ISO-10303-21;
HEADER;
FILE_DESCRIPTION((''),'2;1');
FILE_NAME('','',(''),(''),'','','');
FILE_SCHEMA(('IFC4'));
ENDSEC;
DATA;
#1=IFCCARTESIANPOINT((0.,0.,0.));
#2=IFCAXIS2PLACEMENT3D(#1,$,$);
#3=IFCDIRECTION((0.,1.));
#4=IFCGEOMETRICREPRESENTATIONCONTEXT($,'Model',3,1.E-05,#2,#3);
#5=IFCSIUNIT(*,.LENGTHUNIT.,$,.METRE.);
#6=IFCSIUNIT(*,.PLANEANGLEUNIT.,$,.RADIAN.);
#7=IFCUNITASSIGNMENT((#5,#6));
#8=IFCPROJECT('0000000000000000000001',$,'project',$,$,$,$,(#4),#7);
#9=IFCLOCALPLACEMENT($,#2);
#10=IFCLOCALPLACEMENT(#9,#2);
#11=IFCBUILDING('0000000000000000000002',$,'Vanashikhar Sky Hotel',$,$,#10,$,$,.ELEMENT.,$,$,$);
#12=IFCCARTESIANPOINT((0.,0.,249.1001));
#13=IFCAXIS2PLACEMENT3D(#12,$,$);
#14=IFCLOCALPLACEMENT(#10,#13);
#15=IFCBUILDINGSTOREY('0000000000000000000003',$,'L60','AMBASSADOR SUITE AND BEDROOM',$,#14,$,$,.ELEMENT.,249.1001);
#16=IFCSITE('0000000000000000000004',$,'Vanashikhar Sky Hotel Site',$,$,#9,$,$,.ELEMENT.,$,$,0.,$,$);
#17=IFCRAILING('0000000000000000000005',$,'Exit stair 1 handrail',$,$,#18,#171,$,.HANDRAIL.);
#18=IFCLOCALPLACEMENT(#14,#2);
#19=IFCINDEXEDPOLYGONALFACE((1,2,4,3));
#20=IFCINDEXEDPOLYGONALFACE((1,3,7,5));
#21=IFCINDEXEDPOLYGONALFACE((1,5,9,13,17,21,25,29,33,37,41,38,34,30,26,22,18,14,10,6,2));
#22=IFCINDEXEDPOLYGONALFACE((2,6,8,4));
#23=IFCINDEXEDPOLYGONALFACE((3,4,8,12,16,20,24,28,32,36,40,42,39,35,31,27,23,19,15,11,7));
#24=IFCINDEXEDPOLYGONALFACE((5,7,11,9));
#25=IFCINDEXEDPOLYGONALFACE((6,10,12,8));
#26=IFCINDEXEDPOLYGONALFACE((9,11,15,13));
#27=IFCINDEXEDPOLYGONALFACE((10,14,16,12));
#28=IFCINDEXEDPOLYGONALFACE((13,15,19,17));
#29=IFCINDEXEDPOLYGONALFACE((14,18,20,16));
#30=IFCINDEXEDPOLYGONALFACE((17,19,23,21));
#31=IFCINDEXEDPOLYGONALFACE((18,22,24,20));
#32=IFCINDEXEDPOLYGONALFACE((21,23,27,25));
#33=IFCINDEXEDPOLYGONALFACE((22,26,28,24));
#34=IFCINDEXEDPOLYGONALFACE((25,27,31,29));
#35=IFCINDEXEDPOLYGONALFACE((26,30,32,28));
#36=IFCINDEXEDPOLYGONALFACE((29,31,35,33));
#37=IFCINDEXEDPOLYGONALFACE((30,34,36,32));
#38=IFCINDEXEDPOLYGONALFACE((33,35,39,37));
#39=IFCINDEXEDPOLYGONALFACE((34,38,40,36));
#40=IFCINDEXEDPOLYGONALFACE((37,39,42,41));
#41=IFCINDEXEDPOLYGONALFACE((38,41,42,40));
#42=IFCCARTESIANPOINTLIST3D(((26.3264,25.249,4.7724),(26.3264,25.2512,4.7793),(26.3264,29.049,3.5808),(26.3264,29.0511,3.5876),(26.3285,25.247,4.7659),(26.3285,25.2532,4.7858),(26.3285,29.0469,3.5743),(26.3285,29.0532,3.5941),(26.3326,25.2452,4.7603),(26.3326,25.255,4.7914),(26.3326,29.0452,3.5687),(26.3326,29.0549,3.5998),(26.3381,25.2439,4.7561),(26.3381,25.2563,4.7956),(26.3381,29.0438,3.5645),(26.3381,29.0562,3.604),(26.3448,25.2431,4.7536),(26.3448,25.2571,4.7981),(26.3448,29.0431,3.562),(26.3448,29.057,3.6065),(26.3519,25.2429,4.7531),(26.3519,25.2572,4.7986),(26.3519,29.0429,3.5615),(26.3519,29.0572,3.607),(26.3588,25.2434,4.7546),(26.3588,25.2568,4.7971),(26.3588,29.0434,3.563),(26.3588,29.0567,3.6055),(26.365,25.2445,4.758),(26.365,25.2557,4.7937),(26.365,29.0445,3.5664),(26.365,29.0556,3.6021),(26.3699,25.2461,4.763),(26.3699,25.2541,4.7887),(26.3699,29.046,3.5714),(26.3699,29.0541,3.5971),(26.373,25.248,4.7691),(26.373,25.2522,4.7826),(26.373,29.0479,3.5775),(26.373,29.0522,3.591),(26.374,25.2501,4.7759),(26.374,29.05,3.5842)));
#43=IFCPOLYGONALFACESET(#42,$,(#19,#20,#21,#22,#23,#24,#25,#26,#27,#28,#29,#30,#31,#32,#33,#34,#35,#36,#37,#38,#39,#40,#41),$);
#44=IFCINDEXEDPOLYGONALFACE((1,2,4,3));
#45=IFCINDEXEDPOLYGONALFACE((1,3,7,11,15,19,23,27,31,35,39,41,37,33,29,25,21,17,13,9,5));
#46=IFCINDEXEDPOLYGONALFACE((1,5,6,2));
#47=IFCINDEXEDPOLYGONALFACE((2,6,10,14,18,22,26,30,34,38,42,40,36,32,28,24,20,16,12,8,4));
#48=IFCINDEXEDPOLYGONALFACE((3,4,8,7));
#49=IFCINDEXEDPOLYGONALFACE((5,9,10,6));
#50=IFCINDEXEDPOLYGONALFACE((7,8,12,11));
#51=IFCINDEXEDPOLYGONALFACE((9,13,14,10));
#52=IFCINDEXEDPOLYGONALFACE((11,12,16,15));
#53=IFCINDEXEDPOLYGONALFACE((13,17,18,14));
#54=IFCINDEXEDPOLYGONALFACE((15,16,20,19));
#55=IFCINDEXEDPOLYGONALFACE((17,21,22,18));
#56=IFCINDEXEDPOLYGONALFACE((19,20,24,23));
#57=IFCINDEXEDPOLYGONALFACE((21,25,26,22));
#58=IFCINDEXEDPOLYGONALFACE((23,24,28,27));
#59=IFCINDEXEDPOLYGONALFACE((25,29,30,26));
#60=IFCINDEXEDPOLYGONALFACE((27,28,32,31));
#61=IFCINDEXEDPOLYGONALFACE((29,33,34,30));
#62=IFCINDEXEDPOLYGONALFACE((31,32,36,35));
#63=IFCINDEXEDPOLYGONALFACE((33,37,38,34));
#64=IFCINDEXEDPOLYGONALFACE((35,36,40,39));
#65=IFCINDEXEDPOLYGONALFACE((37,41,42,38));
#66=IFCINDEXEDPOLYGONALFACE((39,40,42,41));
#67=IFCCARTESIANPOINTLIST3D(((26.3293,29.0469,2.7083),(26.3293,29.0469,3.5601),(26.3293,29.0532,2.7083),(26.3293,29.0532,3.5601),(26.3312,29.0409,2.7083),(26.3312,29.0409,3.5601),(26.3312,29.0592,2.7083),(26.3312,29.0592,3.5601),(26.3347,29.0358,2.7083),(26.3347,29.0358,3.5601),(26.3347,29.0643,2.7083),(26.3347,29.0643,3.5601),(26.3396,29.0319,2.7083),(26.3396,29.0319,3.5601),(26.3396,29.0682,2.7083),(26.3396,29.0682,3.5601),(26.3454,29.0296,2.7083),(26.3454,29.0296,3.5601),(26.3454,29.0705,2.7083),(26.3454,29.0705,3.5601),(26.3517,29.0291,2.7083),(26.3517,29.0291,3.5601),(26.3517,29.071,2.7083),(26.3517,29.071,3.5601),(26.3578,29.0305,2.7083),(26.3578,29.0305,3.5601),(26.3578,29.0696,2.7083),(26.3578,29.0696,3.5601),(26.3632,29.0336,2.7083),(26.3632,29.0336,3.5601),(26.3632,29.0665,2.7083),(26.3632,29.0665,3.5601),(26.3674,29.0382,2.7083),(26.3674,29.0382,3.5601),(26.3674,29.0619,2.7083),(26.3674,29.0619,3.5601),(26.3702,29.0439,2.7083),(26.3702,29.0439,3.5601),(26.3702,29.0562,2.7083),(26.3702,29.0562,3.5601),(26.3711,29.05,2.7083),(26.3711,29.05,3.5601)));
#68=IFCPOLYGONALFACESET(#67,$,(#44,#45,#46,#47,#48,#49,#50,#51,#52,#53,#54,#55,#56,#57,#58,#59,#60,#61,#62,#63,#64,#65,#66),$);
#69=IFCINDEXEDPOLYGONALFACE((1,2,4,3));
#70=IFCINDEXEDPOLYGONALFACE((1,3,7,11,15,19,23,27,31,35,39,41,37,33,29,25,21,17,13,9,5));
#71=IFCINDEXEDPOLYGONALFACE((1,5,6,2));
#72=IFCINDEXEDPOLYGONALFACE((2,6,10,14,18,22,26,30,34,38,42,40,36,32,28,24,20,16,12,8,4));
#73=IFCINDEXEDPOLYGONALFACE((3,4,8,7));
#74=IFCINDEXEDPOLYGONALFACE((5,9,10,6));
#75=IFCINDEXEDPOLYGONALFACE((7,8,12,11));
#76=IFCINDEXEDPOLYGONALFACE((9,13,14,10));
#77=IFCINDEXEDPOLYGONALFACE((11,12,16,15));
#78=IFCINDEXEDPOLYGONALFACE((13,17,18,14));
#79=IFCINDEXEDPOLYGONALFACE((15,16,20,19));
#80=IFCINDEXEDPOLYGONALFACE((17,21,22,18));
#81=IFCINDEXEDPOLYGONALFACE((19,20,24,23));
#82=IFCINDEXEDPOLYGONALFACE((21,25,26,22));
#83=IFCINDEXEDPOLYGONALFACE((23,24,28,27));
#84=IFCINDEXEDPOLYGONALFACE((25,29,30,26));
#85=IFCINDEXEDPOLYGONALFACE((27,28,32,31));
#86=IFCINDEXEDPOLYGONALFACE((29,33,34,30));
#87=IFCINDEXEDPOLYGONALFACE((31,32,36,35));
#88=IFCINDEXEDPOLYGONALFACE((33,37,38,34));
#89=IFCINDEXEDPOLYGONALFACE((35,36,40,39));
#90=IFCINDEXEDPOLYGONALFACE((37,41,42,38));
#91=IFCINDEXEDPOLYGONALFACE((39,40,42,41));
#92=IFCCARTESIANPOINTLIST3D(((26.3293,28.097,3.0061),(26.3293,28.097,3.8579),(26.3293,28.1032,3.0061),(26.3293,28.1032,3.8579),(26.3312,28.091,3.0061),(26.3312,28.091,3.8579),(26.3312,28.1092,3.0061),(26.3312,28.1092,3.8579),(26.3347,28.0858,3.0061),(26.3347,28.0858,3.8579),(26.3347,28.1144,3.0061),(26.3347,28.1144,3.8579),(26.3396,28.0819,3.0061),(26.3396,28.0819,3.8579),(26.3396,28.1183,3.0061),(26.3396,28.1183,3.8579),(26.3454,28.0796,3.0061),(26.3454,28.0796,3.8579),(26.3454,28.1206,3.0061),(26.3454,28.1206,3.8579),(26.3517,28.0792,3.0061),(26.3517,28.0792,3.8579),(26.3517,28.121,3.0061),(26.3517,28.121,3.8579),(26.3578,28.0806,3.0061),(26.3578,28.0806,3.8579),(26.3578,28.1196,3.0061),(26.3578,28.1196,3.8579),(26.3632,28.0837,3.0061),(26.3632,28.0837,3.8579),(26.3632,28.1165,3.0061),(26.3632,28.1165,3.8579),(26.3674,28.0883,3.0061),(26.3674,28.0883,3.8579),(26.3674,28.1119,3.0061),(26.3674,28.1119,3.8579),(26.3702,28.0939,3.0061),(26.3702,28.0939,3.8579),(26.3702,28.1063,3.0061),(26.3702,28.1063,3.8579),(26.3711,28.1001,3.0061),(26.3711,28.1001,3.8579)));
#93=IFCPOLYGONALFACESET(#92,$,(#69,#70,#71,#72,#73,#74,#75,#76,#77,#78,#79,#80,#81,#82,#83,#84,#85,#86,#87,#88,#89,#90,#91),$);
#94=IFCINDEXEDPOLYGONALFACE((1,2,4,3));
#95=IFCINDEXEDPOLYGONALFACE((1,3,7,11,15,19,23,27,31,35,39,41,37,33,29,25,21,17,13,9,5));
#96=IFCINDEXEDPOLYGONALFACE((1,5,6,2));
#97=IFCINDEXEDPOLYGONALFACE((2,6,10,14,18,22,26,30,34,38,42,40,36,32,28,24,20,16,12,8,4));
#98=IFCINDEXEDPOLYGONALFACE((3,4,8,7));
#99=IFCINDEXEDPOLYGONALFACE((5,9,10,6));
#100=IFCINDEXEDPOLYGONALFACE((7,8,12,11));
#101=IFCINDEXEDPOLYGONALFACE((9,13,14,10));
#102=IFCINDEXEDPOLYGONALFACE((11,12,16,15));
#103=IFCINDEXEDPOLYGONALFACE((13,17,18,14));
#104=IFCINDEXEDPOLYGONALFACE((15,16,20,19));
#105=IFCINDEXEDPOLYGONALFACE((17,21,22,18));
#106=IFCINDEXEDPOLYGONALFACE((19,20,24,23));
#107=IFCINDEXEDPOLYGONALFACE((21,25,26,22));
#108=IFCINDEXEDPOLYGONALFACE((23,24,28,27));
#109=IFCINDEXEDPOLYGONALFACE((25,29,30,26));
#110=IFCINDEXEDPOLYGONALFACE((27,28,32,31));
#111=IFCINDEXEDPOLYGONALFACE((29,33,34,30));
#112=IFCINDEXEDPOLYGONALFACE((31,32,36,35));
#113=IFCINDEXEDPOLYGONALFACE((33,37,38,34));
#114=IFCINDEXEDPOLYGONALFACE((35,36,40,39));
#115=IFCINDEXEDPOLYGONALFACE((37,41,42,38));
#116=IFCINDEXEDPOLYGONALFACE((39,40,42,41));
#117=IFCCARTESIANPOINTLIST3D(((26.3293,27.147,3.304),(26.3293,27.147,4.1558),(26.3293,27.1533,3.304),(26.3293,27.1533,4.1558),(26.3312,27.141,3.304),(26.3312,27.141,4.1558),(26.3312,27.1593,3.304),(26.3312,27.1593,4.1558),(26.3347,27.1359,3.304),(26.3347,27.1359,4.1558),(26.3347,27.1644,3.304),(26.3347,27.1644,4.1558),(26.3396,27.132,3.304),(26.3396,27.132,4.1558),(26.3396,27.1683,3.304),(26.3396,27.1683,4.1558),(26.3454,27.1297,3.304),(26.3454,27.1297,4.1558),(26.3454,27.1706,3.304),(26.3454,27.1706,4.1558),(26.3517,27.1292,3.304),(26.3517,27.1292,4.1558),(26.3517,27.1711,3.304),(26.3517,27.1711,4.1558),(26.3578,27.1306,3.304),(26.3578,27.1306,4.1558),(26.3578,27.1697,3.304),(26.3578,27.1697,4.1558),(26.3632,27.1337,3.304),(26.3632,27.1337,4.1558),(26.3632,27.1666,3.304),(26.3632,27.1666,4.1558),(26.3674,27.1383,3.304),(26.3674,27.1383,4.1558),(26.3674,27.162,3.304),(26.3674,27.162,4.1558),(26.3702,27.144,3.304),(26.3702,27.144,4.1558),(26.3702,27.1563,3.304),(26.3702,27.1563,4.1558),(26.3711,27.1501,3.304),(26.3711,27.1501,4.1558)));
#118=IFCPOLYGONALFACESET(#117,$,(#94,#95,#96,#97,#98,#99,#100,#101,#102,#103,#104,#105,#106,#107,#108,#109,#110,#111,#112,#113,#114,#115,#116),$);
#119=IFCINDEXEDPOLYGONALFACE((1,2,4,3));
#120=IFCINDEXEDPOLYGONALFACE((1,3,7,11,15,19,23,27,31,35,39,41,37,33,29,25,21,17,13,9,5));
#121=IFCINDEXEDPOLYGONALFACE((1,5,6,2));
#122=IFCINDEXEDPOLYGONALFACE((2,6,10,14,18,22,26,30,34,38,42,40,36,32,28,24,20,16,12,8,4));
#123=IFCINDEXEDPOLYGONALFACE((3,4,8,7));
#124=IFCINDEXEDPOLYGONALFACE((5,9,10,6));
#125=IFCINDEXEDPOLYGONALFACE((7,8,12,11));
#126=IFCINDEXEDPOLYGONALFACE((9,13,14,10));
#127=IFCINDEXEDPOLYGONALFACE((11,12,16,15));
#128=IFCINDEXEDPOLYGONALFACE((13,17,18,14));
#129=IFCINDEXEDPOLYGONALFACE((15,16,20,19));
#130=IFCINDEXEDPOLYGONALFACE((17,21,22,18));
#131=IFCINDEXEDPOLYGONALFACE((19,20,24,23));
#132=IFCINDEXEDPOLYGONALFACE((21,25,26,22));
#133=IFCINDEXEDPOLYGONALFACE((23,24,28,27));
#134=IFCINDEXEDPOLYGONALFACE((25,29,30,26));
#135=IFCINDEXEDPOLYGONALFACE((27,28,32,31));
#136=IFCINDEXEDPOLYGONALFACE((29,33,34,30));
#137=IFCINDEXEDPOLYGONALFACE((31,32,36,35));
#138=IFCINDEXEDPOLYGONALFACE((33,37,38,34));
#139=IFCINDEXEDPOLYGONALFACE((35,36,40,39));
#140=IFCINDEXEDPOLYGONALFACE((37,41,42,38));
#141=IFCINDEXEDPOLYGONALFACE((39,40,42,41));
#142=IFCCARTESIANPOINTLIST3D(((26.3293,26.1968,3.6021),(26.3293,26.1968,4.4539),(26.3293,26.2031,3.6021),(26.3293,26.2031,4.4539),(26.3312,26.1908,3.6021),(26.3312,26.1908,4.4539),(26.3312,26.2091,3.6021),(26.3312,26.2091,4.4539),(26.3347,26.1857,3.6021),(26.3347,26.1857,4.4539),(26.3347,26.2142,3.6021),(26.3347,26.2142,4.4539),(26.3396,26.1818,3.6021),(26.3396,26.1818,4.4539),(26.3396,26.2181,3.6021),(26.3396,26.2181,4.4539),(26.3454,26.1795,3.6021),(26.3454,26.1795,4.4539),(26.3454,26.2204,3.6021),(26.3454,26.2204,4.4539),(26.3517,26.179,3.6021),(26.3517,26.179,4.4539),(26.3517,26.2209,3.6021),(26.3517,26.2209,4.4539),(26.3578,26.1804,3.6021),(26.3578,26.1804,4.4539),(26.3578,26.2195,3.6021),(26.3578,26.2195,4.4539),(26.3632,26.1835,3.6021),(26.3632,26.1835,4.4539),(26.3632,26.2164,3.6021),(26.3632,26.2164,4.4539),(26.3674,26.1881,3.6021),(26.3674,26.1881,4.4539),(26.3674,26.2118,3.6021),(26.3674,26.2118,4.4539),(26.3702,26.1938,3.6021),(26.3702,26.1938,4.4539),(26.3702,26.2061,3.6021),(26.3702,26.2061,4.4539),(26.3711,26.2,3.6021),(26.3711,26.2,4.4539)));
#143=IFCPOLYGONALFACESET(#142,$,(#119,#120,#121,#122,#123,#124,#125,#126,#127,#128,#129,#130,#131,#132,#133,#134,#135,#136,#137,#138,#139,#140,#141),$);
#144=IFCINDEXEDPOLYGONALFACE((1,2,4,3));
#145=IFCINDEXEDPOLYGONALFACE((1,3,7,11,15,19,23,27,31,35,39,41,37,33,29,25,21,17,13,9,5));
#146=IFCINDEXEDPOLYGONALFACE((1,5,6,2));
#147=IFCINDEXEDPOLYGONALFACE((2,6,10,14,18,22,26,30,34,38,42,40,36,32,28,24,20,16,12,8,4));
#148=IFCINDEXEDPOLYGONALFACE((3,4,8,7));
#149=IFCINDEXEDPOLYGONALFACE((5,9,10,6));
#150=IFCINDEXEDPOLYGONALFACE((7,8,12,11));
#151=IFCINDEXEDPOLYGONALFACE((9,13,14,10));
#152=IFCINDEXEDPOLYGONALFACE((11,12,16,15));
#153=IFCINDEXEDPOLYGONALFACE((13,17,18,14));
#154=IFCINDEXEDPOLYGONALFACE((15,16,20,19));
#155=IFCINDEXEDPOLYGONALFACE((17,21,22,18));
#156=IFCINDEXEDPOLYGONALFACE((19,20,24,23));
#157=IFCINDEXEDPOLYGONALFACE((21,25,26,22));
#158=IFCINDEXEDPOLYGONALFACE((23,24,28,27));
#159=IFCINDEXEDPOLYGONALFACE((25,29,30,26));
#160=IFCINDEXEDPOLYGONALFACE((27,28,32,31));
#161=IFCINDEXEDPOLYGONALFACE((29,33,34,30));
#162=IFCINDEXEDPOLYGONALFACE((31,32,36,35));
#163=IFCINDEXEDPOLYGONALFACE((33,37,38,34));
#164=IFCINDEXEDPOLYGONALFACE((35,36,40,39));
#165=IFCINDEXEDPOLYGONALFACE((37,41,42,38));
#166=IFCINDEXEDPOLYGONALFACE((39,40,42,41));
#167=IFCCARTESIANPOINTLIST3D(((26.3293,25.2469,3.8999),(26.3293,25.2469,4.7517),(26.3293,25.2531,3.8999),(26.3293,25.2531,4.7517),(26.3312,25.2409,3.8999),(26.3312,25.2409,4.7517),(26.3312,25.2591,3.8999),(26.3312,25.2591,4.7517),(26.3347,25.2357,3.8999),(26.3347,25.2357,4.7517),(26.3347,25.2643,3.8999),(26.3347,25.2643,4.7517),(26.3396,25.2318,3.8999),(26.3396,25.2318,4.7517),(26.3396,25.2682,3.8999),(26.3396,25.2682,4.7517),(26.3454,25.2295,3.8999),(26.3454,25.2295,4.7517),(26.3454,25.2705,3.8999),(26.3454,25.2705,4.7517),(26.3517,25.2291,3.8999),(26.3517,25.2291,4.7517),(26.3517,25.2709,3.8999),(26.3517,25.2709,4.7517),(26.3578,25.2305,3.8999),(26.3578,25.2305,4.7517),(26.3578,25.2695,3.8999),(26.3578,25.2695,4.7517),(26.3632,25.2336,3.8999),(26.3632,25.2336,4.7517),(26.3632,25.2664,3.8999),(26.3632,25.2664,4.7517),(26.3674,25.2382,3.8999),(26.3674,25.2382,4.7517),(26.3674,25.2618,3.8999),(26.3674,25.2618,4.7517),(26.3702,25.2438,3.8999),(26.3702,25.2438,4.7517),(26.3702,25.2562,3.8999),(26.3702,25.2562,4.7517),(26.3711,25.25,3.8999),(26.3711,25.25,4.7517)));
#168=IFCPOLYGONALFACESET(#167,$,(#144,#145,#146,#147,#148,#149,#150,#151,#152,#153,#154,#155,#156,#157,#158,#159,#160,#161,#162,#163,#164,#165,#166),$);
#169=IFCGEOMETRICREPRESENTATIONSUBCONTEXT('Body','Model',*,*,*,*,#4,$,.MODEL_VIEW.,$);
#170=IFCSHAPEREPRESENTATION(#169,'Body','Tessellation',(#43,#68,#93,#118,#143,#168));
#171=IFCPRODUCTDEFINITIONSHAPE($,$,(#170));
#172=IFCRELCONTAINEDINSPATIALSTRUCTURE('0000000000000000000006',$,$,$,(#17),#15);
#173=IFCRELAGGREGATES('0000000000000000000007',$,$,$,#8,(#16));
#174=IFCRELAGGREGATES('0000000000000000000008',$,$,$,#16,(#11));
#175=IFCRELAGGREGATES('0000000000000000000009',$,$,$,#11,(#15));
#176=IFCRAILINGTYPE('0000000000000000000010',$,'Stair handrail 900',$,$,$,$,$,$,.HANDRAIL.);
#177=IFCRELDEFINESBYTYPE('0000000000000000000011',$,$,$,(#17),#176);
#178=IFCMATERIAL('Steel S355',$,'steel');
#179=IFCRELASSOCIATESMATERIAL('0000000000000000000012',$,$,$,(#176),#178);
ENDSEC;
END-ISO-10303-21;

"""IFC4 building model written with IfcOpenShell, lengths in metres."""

from ifc_helpers import new_model, si_unit, direction, frame, origin, origin_2d, place, context, subcontext, project, spatial, circle, extrude, source, transform, mapped, material, type_object, element, save


model = new_model("IFC4")

# Units and contexts
model_context = context("Model", 3, precision=1e-05, world=origin(), true_north=direction((0.0, 1.0)))
body_context = subcontext(model_context, "Body", "Model", "MODEL_VIEW")
ifc_project = project(units=[si_unit("LENGTHUNIT", "METRE"), si_unit("PLANEANGLEUNIT", "RADIAN")], contexts=[model_context])

# Site, building, storey
site_placement = place(None, origin())
site = spatial("IfcSite", under=ifc_project, at=site_placement, Name="Vanashikhar Sky Hotel Site", CompositionType="ELEMENT", RefElevation=0.0)
building_placement = place(site_placement, origin())
building = spatial("IfcBuilding", under=site, at=building_placement, Name="Vanashikhar Sky Hotel", CompositionType="ELEMENT")
storey_placement = place(building_placement, frame((0.0, 0.0, 249.1001)))
storey = spatial("IfcBuildingStorey", under=building, at=storey_placement, Name="L60", Description="AMBASSADOR SUITE AND BEDROOM", CompositionType="ELEMENT", Elevation=249.1001)

# Railing
ifc_material_1 = material(Name="Steel S355", Category="steel")
railing_type = type_object("IfcRailingType", Name="Stair handrail 900", PredefinedType="HANDRAIL", material=ifc_material_1)
shared_shape_1 = source(origin(), body_context, "Body", "SweptSolid", [
    extrude(circle(Radius=0.0239, at=origin_2d()), frame((0.0, 0.0, 0.876), z_axis=(0.0, -0.954184, 0.299221), x_axis=(1.0, 0.0, 0.0)), (0.0, 0.0, 1.0), 3.9824),
    extrude(circle(Radius=0.021, at=origin_2d()), origin(), (0.0, 0.0, 1.0), 0.8518),
    extrude(circle(Radius=0.021, at=origin_2d()), frame((0.0, -0.95, 0.2979)), (0.0, 0.0, 1.0), 0.8518),
    extrude(circle(Radius=0.021, at=origin_2d()), frame((0.0, -1.8999, 0.5957)), (0.0, 0.0, 1.0), 0.8518),
    extrude(circle(Radius=0.021, at=origin_2d()), frame((0.0, -2.8501, 0.8938)), (0.0, 0.0, 1.0), 0.8518),
    extrude(circle(Radius=0.021, at=origin_2d()), frame((0.0, -3.8, 1.1917)), (0.0, 0.0, 1.0), 0.8518),
])
for number, where, name in (
    (1, (26.3501, 29.05, 2.7083), "Exit stair 1 handrail"),
):
    element("IfcRailing", number, at=place(storey_placement, frame(where)), inside=storey, type_object=railing_type, Name=name, PredefinedType="HANDRAIL", context=body_context, shape_type="MappedRepresentation", body=[
        mapped(shared_shape_1, transform((0.0, 0.0, 0.0), scale=1.0)),
    ])

save(model, "model.ifc")
